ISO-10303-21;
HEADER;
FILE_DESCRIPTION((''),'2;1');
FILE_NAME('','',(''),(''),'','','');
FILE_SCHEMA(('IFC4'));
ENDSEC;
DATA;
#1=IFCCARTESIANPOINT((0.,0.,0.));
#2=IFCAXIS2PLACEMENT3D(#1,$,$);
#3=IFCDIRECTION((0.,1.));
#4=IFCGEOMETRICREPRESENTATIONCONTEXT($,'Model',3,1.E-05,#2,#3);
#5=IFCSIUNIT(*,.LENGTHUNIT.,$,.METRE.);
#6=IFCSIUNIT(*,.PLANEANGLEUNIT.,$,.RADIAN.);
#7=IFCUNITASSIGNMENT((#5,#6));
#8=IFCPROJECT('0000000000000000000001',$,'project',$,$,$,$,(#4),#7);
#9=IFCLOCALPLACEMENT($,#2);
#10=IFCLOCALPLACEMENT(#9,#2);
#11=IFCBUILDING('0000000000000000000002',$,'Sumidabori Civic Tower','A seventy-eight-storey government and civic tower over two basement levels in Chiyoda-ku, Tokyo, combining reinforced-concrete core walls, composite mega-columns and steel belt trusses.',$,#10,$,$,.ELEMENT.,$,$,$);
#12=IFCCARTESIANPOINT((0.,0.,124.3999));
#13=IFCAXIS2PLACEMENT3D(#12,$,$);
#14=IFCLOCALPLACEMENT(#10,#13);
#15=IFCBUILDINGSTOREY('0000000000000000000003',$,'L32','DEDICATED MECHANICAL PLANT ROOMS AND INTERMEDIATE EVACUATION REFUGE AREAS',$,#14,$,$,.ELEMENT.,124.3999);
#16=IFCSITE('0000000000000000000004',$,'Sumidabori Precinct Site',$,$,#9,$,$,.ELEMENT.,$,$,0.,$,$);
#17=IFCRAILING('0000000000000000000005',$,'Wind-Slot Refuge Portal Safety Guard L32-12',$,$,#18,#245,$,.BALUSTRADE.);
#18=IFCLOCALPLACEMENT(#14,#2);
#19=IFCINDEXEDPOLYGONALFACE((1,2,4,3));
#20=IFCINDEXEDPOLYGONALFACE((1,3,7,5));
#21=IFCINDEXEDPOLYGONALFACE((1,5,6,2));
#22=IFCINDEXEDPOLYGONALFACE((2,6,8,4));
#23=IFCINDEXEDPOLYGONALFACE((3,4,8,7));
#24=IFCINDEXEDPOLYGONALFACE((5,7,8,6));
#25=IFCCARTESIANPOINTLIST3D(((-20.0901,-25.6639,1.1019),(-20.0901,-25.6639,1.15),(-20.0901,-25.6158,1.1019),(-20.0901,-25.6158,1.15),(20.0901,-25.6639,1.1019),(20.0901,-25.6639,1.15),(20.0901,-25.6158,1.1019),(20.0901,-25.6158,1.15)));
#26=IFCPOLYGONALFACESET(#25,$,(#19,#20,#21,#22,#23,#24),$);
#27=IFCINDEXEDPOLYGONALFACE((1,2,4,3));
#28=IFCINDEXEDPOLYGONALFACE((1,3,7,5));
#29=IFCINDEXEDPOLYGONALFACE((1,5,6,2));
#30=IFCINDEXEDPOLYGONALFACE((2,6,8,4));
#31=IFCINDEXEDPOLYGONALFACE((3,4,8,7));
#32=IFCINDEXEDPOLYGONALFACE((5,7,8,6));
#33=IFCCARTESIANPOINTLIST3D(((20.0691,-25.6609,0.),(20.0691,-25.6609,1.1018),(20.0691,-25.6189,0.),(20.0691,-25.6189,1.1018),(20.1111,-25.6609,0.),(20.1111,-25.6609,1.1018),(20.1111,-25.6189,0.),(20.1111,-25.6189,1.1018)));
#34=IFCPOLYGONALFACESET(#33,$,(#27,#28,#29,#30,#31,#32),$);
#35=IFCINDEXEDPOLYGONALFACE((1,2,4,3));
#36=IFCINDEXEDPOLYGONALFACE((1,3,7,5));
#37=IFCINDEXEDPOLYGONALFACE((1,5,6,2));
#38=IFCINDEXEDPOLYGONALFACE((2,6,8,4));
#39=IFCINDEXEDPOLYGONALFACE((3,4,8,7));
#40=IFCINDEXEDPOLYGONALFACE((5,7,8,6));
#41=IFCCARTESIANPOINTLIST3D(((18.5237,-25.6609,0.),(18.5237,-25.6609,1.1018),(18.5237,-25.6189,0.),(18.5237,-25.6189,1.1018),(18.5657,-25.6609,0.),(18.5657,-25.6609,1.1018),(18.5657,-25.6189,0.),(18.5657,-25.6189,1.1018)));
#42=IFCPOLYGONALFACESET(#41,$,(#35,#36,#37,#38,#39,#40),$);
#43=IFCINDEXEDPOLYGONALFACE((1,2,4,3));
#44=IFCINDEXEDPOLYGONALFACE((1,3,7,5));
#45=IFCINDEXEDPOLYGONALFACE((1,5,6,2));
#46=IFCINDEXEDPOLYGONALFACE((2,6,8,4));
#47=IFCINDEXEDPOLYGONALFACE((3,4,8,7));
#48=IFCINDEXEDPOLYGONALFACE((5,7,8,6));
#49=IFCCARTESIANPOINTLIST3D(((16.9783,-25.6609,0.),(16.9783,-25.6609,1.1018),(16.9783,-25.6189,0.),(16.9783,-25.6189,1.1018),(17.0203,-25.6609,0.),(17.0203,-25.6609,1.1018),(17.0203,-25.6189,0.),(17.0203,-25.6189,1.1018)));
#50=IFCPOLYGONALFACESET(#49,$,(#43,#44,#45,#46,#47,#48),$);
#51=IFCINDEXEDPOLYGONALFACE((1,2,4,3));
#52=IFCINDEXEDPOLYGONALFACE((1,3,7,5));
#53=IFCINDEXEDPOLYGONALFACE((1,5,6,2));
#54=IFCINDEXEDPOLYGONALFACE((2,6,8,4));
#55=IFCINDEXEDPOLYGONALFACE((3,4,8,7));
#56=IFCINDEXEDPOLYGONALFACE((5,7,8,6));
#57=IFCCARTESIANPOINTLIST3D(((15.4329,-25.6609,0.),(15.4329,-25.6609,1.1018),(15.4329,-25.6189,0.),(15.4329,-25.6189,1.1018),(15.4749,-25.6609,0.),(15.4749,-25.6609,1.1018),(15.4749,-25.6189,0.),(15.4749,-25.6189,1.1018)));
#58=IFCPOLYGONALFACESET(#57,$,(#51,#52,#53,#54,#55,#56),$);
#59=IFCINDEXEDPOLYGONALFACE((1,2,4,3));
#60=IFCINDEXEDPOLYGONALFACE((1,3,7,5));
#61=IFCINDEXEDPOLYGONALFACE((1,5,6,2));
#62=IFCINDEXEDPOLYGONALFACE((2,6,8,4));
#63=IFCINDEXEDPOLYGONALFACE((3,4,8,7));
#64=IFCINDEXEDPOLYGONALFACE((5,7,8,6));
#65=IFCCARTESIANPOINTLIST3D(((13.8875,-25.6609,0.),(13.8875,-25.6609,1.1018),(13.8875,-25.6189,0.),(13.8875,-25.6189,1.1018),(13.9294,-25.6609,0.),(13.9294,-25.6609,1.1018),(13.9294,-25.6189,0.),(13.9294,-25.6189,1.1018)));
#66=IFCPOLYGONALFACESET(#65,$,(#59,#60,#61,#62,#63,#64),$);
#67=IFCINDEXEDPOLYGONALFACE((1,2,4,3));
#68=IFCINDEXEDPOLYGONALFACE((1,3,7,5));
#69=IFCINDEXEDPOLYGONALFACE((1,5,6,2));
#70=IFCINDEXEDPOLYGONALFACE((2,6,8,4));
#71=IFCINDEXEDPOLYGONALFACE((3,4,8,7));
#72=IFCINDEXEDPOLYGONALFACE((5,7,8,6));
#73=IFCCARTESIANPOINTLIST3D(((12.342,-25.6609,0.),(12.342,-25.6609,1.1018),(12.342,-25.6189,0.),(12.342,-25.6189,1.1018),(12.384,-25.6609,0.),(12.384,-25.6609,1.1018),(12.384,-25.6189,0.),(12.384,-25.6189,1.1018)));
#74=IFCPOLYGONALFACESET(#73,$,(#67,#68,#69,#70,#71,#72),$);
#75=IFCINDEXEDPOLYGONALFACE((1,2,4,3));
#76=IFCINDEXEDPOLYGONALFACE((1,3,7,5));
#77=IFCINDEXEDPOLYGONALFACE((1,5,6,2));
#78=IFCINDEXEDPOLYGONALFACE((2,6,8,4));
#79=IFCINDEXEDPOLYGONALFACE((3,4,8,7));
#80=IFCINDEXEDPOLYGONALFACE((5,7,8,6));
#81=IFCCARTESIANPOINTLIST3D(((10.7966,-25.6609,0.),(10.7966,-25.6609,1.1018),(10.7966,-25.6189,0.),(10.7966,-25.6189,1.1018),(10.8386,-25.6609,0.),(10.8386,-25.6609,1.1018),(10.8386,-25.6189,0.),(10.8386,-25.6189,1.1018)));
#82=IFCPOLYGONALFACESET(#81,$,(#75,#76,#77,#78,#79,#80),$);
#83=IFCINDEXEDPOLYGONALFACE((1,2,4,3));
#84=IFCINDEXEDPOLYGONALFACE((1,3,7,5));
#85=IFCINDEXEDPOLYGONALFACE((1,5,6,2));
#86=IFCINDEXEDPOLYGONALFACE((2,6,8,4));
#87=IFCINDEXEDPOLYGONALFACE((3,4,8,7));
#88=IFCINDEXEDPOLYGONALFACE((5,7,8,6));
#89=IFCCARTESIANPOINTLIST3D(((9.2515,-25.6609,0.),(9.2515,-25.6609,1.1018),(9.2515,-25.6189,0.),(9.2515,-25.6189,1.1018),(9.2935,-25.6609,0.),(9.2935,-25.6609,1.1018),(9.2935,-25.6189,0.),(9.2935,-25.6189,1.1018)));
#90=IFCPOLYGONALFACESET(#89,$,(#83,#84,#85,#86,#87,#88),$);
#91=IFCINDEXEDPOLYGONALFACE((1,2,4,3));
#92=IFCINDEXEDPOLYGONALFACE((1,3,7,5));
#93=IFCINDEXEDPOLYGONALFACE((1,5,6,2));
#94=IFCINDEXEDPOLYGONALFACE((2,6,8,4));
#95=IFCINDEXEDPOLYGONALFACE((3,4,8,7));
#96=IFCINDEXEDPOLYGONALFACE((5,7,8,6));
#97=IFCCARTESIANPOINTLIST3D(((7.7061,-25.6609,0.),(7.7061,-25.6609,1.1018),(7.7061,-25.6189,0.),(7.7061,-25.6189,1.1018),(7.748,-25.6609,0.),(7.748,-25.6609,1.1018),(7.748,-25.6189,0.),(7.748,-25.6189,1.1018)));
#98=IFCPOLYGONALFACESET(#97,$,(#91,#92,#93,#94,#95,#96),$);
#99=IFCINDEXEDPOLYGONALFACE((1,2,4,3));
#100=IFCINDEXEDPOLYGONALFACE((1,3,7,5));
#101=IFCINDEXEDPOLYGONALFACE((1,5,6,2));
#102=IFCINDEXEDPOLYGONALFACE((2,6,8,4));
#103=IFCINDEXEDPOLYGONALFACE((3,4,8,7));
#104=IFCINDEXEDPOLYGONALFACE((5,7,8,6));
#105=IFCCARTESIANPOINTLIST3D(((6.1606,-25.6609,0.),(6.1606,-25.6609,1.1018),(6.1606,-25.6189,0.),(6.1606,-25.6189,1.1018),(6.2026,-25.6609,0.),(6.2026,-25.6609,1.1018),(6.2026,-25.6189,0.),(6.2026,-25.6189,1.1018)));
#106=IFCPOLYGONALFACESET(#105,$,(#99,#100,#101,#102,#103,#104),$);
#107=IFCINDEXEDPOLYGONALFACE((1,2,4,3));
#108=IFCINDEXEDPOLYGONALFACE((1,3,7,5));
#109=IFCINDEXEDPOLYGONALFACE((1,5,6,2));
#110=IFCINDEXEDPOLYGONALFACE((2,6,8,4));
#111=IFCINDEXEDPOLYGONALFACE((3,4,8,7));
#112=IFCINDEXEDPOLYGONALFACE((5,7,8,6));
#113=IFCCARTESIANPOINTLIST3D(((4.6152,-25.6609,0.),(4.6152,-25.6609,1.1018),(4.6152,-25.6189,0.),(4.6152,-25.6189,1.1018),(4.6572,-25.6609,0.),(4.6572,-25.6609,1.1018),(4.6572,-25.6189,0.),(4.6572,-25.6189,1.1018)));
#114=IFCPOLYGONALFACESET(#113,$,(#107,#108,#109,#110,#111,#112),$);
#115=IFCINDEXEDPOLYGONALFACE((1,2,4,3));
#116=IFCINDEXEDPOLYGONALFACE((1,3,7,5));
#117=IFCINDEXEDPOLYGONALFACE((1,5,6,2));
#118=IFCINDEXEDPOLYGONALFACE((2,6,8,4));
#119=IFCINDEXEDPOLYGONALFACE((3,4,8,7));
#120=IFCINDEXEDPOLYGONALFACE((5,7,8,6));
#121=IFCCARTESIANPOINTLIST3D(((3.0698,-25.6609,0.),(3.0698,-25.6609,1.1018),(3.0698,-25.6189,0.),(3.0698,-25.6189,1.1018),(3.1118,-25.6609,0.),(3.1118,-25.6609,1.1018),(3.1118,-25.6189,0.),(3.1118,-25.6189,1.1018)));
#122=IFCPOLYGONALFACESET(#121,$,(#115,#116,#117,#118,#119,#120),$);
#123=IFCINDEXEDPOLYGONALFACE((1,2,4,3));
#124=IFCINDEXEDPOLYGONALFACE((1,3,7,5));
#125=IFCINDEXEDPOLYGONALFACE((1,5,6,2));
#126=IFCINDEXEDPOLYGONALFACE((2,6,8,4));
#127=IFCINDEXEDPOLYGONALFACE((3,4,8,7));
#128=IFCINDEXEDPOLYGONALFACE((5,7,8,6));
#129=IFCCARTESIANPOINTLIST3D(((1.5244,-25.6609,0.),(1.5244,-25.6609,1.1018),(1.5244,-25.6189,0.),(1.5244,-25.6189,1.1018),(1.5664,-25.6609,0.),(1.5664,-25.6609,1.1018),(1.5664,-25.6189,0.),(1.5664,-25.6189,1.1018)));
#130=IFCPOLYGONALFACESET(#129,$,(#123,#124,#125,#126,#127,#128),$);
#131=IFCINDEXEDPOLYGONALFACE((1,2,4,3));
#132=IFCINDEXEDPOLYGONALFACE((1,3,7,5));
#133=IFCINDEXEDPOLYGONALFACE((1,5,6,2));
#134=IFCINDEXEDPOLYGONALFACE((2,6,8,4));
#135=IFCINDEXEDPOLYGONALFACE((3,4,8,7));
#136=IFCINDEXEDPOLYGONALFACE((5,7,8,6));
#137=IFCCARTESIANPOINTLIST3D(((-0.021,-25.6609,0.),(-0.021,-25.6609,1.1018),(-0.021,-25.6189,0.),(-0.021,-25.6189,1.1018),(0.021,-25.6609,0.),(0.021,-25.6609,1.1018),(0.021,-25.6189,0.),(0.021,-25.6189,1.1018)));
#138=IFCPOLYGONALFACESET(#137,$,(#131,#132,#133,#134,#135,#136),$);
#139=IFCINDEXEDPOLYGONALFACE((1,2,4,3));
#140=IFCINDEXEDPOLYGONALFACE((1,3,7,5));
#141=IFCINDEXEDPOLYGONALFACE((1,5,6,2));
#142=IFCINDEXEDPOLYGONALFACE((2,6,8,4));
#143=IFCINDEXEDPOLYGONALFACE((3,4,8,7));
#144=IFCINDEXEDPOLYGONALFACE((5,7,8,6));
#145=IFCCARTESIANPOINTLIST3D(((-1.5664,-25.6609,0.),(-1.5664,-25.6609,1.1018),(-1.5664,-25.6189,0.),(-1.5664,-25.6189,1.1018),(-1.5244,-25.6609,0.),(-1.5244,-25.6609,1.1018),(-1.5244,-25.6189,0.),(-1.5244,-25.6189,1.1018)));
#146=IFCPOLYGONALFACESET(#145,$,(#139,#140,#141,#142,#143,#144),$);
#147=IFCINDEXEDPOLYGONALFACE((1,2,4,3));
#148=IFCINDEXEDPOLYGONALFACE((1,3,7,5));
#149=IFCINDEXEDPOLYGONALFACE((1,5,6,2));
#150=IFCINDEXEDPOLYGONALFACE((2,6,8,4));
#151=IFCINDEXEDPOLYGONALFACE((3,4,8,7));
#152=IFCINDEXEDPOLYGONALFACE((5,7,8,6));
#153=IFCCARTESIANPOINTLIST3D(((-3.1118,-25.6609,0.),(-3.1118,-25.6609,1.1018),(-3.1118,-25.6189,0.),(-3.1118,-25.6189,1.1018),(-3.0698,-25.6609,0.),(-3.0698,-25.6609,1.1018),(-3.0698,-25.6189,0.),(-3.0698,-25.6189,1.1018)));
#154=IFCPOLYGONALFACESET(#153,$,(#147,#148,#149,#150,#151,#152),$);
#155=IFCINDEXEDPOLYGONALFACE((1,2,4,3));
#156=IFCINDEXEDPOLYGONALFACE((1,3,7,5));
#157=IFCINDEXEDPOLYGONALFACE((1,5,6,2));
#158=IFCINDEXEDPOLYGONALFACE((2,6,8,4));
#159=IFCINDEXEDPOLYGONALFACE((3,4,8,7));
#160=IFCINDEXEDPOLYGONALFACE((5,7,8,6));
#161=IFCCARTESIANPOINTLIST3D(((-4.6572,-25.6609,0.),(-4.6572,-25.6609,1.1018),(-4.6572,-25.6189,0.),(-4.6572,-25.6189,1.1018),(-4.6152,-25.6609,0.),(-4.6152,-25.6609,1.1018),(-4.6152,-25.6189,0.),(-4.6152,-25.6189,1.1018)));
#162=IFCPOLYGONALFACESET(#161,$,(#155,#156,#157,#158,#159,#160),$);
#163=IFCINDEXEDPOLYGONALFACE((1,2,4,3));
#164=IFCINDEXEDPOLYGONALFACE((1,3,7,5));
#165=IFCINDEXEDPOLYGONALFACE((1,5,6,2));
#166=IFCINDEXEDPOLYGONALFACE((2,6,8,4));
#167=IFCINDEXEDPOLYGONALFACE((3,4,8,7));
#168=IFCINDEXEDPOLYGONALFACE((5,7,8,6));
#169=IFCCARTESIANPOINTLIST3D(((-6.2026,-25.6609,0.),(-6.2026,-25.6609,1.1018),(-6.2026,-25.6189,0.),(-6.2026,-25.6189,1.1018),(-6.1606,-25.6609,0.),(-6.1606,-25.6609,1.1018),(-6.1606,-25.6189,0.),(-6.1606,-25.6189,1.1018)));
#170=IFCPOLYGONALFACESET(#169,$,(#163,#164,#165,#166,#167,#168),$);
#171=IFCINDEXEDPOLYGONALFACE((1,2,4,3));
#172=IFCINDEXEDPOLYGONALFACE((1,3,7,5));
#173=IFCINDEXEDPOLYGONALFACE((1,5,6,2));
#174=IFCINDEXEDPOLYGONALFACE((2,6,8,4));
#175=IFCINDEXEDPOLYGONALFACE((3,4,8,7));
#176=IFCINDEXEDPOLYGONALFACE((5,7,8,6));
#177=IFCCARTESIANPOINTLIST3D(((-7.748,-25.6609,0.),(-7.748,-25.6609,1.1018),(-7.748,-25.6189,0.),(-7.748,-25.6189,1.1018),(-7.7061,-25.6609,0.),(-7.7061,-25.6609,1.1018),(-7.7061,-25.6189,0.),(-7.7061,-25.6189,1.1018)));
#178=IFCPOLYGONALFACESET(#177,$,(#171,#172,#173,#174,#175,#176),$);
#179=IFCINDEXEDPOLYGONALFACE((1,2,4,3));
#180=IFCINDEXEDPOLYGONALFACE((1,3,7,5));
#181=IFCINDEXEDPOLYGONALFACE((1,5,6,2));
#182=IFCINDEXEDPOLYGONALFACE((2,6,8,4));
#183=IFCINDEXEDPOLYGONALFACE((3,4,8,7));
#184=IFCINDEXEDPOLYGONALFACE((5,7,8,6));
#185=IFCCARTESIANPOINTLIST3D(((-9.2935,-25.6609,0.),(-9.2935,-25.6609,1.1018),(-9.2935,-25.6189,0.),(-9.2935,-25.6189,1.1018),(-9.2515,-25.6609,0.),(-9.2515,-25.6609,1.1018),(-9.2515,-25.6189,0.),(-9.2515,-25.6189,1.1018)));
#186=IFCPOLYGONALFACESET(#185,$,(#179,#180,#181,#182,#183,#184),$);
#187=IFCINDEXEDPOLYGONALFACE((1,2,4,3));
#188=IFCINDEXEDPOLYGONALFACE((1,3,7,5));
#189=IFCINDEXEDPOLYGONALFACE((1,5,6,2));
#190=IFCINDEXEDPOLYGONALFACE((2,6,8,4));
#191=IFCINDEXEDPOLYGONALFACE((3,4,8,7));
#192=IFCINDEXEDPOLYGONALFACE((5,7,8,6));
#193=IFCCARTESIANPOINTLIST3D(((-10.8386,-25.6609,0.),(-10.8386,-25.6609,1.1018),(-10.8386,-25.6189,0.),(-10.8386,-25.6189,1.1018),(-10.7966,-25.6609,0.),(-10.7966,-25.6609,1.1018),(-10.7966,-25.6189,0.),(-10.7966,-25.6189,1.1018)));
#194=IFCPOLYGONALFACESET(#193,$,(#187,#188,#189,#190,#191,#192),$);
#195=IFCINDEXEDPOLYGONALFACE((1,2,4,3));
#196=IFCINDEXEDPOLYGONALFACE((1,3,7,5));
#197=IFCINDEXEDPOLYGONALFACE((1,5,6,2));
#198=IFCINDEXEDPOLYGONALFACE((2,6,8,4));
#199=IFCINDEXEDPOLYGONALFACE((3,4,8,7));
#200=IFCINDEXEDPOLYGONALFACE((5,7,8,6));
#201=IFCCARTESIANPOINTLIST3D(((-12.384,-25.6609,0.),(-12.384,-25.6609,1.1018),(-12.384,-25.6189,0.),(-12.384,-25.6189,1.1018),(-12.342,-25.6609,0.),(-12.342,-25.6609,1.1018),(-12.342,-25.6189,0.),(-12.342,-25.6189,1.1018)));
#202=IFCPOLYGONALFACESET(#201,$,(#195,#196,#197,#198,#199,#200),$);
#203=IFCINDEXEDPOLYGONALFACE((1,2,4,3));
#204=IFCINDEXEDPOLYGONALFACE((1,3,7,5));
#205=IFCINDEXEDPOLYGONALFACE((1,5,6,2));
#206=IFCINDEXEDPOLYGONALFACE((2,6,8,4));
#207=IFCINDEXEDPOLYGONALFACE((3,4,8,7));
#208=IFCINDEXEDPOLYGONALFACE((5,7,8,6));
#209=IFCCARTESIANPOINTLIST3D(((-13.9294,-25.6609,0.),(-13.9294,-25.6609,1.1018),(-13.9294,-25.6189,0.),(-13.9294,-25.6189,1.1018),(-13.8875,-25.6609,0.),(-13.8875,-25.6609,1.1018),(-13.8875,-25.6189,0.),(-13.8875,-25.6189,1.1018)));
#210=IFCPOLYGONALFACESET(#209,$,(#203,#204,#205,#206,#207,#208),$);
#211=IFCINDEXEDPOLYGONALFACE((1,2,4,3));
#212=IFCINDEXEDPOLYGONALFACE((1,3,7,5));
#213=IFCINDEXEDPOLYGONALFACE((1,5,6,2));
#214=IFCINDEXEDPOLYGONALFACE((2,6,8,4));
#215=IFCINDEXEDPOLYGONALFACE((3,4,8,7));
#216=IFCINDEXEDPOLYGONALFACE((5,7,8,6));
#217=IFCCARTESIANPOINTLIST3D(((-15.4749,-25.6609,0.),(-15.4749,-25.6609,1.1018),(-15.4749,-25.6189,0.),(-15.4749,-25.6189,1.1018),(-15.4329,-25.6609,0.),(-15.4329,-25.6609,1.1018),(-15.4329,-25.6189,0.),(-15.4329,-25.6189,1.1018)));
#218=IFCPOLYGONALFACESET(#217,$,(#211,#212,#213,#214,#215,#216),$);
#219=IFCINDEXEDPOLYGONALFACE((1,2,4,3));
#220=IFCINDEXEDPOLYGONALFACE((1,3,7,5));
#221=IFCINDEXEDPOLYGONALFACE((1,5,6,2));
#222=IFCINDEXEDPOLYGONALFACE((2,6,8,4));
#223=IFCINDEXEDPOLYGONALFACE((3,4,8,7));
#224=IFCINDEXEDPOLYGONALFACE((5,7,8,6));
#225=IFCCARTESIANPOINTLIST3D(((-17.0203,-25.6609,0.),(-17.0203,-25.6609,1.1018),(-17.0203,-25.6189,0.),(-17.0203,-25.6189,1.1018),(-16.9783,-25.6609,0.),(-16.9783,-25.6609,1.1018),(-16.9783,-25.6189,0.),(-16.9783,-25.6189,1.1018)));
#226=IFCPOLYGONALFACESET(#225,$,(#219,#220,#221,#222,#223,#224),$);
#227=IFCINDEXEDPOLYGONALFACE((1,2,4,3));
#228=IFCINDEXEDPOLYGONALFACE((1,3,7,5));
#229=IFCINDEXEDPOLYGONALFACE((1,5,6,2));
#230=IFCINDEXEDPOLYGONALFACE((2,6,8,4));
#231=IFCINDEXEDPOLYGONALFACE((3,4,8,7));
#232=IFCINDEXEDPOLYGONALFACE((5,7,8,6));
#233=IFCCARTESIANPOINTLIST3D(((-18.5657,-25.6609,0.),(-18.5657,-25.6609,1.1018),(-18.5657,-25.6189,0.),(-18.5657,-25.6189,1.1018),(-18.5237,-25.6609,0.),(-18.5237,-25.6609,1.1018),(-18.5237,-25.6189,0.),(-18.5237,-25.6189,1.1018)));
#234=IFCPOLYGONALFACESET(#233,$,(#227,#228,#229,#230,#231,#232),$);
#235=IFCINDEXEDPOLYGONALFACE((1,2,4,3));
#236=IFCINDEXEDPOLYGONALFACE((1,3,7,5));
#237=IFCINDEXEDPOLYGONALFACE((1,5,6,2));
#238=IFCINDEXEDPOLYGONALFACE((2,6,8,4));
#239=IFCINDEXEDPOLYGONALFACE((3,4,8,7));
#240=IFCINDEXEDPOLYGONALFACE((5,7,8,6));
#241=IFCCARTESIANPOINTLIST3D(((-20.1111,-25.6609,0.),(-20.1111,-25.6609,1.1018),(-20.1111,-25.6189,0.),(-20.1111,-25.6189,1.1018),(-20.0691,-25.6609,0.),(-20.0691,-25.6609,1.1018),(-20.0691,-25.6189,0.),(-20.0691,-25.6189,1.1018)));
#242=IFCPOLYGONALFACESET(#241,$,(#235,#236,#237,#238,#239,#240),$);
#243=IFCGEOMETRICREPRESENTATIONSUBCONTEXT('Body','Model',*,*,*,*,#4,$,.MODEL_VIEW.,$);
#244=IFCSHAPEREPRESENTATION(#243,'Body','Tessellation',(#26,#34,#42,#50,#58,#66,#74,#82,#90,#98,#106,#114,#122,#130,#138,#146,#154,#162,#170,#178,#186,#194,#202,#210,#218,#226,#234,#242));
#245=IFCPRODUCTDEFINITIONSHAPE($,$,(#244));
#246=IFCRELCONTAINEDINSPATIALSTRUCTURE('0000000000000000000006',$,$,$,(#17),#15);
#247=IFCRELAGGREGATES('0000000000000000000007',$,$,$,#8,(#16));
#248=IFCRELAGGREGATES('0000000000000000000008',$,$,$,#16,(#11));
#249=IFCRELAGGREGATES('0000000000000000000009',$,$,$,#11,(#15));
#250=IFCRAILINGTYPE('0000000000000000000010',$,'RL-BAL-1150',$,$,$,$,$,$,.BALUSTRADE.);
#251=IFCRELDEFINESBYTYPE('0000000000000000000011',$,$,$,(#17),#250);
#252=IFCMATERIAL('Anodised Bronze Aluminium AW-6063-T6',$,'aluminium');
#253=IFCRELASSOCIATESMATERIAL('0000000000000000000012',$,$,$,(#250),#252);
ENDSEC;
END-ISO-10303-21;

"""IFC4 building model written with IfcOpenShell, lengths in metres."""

from ifc_helpers import new_model, si_unit, direction, frame, origin, origin_2d, place, context, subcontext, project, spatial, rectangle, extrude, material, type_object, element, save


model = new_model("IFC4")

# Units and contexts
model_context = context("Model", 3, precision=1e-05, world=origin(), true_north=direction((0.0, 1.0)))
body_context = subcontext(model_context, "Body", "Model", "MODEL_VIEW")
ifc_project = project(units=[si_unit("LENGTHUNIT", "METRE"), si_unit("PLANEANGLEUNIT", "RADIAN")], contexts=[model_context])

# Site, building, storey
site_placement = place(None, origin())
site = spatial("IfcSite", under=ifc_project, at=site_placement, Name="Sumidabori Precinct Site", CompositionType="ELEMENT", RefElevation=0.0)
building_placement = place(site_placement, origin())
building = spatial("IfcBuilding", under=site, at=building_placement, Name="Sumidabori Civic Tower", Description="A seventy-eight-storey government and civic tower over two basement levels in Chiyoda-ku, Tokyo, combining reinforced-concrete core walls, composite mega-columns and steel belt trusses.", CompositionType="ELEMENT")
storey_placement = place(building_placement, frame((0.0, 0.0, 124.3999)))
storey = spatial("IfcBuildingStorey", under=building, at=storey_placement, Name="L32", Description="DEDICATED MECHANICAL PLANT ROOMS AND INTERMEDIATE EVACUATION REFUGE AREAS", CompositionType="ELEMENT", Elevation=124.3999)

# Railing
ifc_material_1 = material(Name="Anodised Bronze Aluminium AW-6063-T6", Category="aluminium")
railing_type = type_object("IfcRailingType", Name="RL-BAL-1150", PredefinedType="BALUSTRADE", material=ifc_material_1)
railing_1_placement = place(storey_placement, frame((20.0901, -25.6399, 0.0)))
element("IfcRailing", 1, at=railing_1_placement, inside=storey, type_object=railing_type, Name="Wind-Slot Refuge Portal Safety Guard L32-12", PredefinedType="BALUSTRADE", context=body_context, shape_type="SweptSolid", body=[
    extrude(rectangle(XDim=0.0481, YDim=0.0481, at=origin_2d()), frame((0.0, 0.0, 1.126), z_axis=(-1.0, 0.0, 0.0), x_axis=(0.0, -1.0, 0.0)), (0.0, 0.0, 1.0), 40.1802),
    extrude(rectangle(XDim=0.042, YDim=0.042, at=origin_2d()), origin(), (0.0, 0.0, 1.0), 1.1018),
    extrude(rectangle(XDim=0.042, YDim=0.042, at=origin_2d()), frame((-1.5454, 0.0, 0.0)), (0.0, 0.0, 1.0), 1.1018),
    extrude(rectangle(XDim=0.042, YDim=0.042, at=origin_2d()), frame((-3.0908, 0.0, 0.0)), (0.0, 0.0, 1.0), 1.1018),
    extrude(rectangle(XDim=0.042, YDim=0.042, at=origin_2d()), frame((-4.6362, 0.0, 0.0)), (0.0, 0.0, 1.0), 1.1018),
    extrude(rectangle(XDim=0.042, YDim=0.042, at=origin_2d()), frame((-6.1816, 0.0, 0.0)), (0.0, 0.0, 1.0), 1.1018),
    extrude(rectangle(XDim=0.042, YDim=0.042, at=origin_2d()), frame((-7.7271, 0.0, 0.0)), (0.0, 0.0, 1.0), 1.1018),
    extrude(rectangle(XDim=0.042, YDim=0.042, at=origin_2d()), frame((-9.2725, 0.0, 0.0)), (0.0, 0.0, 1.0), 1.1018),
    extrude(rectangle(XDim=0.042, YDim=0.042, at=origin_2d()), frame((-10.8176, 0.0, 0.0)), (0.0, 0.0, 1.0), 1.1018),
    extrude(rectangle(XDim=0.042, YDim=0.042, at=origin_2d()), frame((-12.363, 0.0, 0.0)), (0.0, 0.0, 1.0), 1.1018),
    extrude(rectangle(XDim=0.042, YDim=0.042, at=origin_2d()), frame((-13.9084, 0.0, 0.0)), (0.0, 0.0, 1.0), 1.1018),
    extrude(rectangle(XDim=0.042, YDim=0.042, at=origin_2d()), frame((-15.4539, 0.0, 0.0)), (0.0, 0.0, 1.0), 1.1018),
    extrude(rectangle(XDim=0.042, YDim=0.042, at=origin_2d()), frame((-16.9993, 0.0, 0.0)), (0.0, 0.0, 1.0), 1.1018),
    extrude(rectangle(XDim=0.042, YDim=0.042, at=origin_2d()), frame((-18.5447, 0.0, 0.0)), (0.0, 0.0, 1.0), 1.1018),
    extrude(rectangle(XDim=0.042, YDim=0.042, at=origin_2d()), frame((-20.0901, 0.0, 0.0)), (0.0, 0.0, 1.0), 1.1018),
    extrude(rectangle(XDim=0.042, YDim=0.042, at=origin_2d()), frame((-21.6355, 0.0, 0.0)), (0.0, 0.0, 1.0), 1.1018),
    extrude(rectangle(XDim=0.042, YDim=0.042, at=origin_2d()), frame((-23.1809, 0.0, 0.0)), (0.0, 0.0, 1.0), 1.1018),
    extrude(rectangle(XDim=0.042, YDim=0.042, at=origin_2d()), frame((-24.7263, 0.0, 0.0)), (0.0, 0.0, 1.0), 1.1018),
    extrude(rectangle(XDim=0.042, YDim=0.042, at=origin_2d()), frame((-26.2717, 0.0, 0.0)), (0.0, 0.0, 1.0), 1.1018),
    extrude(rectangle(XDim=0.042, YDim=0.042, at=origin_2d()), frame((-27.8171, 0.0, 0.0)), (0.0, 0.0, 1.0), 1.1018),
    extrude(rectangle(XDim=0.042, YDim=0.042, at=origin_2d()), frame((-29.3625, 0.0, 0.0)), (0.0, 0.0, 1.0), 1.1018),
    extrude(rectangle(XDim=0.042, YDim=0.042, at=origin_2d()), frame((-30.9077, 0.0, 0.0)), (0.0, 0.0, 1.0), 1.1018),
    extrude(rectangle(XDim=0.042, YDim=0.042, at=origin_2d()), frame((-32.4531, 0.0, 0.0)), (0.0, 0.0, 1.0), 1.1018),
    extrude(rectangle(XDim=0.042, YDim=0.042, at=origin_2d()), frame((-33.9985, 0.0, 0.0)), (0.0, 0.0, 1.0), 1.1018),
    extrude(rectangle(XDim=0.042, YDim=0.042, at=origin_2d()), frame((-35.5439, 0.0, 0.0)), (0.0, 0.0, 1.0), 1.1018),
    extrude(rectangle(XDim=0.042, YDim=0.042, at=origin_2d()), frame((-37.0894, 0.0, 0.0)), (0.0, 0.0, 1.0), 1.1018),
    extrude(rectangle(XDim=0.042, YDim=0.042, at=origin_2d()), frame((-38.6348, 0.0, 0.0)), (0.0, 0.0, 1.0), 1.1018),
    extrude(rectangle(XDim=0.042, YDim=0.042, at=origin_2d()), frame((-40.1802, 0.0, 0.0)), (0.0, 0.0, 1.0), 1.1018),
])

save(model, "model.ifc")
